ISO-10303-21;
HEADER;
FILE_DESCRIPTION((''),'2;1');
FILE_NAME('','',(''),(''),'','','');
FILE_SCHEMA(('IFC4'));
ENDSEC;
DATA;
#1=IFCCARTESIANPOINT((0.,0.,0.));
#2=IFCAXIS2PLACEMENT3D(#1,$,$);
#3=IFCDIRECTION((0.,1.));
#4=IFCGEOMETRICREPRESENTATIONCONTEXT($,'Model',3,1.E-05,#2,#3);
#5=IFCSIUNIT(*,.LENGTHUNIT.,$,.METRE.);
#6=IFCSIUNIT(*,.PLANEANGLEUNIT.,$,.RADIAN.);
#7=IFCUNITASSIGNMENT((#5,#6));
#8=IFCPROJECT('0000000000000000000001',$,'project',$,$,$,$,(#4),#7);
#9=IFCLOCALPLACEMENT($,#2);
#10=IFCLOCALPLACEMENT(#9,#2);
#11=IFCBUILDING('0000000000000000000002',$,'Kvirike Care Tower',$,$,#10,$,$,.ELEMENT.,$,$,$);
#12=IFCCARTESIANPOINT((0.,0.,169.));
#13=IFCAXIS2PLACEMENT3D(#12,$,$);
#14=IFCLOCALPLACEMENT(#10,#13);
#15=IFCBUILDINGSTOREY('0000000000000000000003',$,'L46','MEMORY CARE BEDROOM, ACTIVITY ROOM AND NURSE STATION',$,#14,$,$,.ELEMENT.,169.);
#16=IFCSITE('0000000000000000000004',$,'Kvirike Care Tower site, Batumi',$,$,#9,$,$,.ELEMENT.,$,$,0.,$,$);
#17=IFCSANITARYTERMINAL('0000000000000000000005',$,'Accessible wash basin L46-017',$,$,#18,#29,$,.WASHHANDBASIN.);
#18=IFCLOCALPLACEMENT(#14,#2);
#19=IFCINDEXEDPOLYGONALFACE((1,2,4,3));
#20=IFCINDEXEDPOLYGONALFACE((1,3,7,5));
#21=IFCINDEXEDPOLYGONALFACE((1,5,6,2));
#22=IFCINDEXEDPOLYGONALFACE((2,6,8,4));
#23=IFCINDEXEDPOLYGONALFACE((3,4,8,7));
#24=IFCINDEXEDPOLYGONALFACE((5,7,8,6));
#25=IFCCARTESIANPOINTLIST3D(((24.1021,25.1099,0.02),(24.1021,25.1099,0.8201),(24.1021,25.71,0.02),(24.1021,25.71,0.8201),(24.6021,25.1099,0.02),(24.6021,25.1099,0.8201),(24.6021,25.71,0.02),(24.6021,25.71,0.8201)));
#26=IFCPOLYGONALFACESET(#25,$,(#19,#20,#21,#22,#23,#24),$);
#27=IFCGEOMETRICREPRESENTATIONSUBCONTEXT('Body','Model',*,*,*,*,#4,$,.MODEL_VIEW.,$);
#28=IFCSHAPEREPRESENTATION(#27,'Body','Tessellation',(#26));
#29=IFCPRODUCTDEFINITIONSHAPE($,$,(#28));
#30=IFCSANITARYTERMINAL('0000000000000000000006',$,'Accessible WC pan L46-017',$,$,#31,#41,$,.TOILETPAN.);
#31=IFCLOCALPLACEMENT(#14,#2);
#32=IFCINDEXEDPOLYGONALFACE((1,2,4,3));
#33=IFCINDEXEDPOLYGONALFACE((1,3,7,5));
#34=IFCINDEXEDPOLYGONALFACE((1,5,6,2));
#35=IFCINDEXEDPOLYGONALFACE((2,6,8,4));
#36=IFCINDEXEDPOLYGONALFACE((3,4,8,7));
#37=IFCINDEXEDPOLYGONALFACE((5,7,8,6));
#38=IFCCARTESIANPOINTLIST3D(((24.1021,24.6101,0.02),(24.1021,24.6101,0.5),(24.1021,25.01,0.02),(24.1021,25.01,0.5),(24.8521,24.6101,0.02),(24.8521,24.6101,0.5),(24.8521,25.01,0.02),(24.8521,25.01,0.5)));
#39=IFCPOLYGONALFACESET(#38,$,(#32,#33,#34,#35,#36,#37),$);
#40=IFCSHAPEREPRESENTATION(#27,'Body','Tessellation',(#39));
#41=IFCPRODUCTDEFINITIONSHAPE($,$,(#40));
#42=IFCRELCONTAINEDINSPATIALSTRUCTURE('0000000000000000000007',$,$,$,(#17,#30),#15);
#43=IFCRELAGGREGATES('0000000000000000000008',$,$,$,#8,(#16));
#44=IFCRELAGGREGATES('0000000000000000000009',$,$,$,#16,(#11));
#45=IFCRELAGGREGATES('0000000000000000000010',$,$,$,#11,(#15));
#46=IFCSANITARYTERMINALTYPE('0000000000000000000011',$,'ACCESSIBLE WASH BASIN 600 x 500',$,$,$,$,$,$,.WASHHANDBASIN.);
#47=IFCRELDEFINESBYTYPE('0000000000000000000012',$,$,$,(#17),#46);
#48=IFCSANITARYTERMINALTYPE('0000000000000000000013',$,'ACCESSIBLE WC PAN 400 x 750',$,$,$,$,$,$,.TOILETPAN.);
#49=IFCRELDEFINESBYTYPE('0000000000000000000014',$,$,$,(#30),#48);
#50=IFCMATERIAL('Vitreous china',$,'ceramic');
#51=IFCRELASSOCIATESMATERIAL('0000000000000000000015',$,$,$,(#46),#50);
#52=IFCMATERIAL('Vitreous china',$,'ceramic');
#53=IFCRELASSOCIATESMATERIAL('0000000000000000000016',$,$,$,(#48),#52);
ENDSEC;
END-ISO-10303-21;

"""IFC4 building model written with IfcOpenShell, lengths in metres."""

from ifc_helpers import new_model, si_unit, direction, frame, origin, origin_2d, place, context, subcontext, project, spatial, rectangle, extrude, material, type_object, element, save


model = new_model("IFC4")

# Units and contexts
model_context = context("Model", 3, precision=1e-05, world=origin(), true_north=direction((0.0, 1.0)))
body_context = subcontext(model_context, "Body", "Model", "MODEL_VIEW")
ifc_project = project(units=[si_unit("LENGTHUNIT", "METRE"), si_unit("PLANEANGLEUNIT", "RADIAN")], contexts=[model_context])

# Site, building, storey
site_placement = place(None, origin())
site = spatial("IfcSite", under=ifc_project, at=site_placement, Name="Kvirike Care Tower site, Batumi", CompositionType="ELEMENT", RefElevation=0.0)
building_placement = place(site_placement, origin())
building = spatial("IfcBuilding", under=site, at=building_placement, Name="Kvirike Care Tower", CompositionType="ELEMENT")
storey_placement = place(building_placement, frame((0.0, 0.0, 169.0)))
storey = spatial("IfcBuildingStorey", under=building, at=storey_placement, Name="L46", Description="MEMORY CARE BEDROOM, ACTIVITY ROOM AND NURSE STATION", CompositionType="ELEMENT", Elevation=169.0)

# Sanitary terminals
ifc_material_1 = material(Name="Vitreous china", Category="ceramic")
sanitary_terminal_type_1 = type_object("IfcSanitaryTerminalType", Name="ACCESSIBLE WASH BASIN 600 x 500", PredefinedType="WASHHANDBASIN", material=ifc_material_1)
sanitary_terminal_1_placement = place(storey_placement, frame((24.3521, 25.4099, 0.02), z_axis=(0.0, 0.0, 1.0), x_axis=(0.0, 1.0, 0.0)))
element("IfcSanitaryTerminal", 1, at=sanitary_terminal_1_placement, inside=storey, type_object=sanitary_terminal_type_1, Name="Accessible wash basin L46-017", PredefinedType="WASHHANDBASIN", context=body_context, shape_type="SweptSolid", body=[
    extrude(rectangle(XDim=0.6001, YDim=0.5, at=origin_2d()), origin(), (0.0, 0.0, 1.0), 0.8),
])
ifc_material_2 = material(Name="Vitreous china", Category="ceramic")
sanitary_terminal_type_2 = type_object("IfcSanitaryTerminalType", Name="ACCESSIBLE WC PAN 400 x 750", PredefinedType="TOILETPAN", material=ifc_material_2)
sanitary_terminal_2_placement = place(storey_placement, frame((24.4771, 24.8101, 0.02), z_axis=(0.0, 0.0, 1.0), x_axis=(0.0, 1.0, 0.0)))
element("IfcSanitaryTerminal", 2, at=sanitary_terminal_2_placement, inside=storey, type_object=sanitary_terminal_type_2, Name="Accessible WC pan L46-017", PredefinedType="TOILETPAN", context=body_context, shape_type="SweptSolid", body=[
    extrude(rectangle(XDim=0.3999, YDim=0.75, at=origin_2d()), origin(), (0.0, 0.0, 1.0), 0.48),
])

save(model, "model.ifc")
